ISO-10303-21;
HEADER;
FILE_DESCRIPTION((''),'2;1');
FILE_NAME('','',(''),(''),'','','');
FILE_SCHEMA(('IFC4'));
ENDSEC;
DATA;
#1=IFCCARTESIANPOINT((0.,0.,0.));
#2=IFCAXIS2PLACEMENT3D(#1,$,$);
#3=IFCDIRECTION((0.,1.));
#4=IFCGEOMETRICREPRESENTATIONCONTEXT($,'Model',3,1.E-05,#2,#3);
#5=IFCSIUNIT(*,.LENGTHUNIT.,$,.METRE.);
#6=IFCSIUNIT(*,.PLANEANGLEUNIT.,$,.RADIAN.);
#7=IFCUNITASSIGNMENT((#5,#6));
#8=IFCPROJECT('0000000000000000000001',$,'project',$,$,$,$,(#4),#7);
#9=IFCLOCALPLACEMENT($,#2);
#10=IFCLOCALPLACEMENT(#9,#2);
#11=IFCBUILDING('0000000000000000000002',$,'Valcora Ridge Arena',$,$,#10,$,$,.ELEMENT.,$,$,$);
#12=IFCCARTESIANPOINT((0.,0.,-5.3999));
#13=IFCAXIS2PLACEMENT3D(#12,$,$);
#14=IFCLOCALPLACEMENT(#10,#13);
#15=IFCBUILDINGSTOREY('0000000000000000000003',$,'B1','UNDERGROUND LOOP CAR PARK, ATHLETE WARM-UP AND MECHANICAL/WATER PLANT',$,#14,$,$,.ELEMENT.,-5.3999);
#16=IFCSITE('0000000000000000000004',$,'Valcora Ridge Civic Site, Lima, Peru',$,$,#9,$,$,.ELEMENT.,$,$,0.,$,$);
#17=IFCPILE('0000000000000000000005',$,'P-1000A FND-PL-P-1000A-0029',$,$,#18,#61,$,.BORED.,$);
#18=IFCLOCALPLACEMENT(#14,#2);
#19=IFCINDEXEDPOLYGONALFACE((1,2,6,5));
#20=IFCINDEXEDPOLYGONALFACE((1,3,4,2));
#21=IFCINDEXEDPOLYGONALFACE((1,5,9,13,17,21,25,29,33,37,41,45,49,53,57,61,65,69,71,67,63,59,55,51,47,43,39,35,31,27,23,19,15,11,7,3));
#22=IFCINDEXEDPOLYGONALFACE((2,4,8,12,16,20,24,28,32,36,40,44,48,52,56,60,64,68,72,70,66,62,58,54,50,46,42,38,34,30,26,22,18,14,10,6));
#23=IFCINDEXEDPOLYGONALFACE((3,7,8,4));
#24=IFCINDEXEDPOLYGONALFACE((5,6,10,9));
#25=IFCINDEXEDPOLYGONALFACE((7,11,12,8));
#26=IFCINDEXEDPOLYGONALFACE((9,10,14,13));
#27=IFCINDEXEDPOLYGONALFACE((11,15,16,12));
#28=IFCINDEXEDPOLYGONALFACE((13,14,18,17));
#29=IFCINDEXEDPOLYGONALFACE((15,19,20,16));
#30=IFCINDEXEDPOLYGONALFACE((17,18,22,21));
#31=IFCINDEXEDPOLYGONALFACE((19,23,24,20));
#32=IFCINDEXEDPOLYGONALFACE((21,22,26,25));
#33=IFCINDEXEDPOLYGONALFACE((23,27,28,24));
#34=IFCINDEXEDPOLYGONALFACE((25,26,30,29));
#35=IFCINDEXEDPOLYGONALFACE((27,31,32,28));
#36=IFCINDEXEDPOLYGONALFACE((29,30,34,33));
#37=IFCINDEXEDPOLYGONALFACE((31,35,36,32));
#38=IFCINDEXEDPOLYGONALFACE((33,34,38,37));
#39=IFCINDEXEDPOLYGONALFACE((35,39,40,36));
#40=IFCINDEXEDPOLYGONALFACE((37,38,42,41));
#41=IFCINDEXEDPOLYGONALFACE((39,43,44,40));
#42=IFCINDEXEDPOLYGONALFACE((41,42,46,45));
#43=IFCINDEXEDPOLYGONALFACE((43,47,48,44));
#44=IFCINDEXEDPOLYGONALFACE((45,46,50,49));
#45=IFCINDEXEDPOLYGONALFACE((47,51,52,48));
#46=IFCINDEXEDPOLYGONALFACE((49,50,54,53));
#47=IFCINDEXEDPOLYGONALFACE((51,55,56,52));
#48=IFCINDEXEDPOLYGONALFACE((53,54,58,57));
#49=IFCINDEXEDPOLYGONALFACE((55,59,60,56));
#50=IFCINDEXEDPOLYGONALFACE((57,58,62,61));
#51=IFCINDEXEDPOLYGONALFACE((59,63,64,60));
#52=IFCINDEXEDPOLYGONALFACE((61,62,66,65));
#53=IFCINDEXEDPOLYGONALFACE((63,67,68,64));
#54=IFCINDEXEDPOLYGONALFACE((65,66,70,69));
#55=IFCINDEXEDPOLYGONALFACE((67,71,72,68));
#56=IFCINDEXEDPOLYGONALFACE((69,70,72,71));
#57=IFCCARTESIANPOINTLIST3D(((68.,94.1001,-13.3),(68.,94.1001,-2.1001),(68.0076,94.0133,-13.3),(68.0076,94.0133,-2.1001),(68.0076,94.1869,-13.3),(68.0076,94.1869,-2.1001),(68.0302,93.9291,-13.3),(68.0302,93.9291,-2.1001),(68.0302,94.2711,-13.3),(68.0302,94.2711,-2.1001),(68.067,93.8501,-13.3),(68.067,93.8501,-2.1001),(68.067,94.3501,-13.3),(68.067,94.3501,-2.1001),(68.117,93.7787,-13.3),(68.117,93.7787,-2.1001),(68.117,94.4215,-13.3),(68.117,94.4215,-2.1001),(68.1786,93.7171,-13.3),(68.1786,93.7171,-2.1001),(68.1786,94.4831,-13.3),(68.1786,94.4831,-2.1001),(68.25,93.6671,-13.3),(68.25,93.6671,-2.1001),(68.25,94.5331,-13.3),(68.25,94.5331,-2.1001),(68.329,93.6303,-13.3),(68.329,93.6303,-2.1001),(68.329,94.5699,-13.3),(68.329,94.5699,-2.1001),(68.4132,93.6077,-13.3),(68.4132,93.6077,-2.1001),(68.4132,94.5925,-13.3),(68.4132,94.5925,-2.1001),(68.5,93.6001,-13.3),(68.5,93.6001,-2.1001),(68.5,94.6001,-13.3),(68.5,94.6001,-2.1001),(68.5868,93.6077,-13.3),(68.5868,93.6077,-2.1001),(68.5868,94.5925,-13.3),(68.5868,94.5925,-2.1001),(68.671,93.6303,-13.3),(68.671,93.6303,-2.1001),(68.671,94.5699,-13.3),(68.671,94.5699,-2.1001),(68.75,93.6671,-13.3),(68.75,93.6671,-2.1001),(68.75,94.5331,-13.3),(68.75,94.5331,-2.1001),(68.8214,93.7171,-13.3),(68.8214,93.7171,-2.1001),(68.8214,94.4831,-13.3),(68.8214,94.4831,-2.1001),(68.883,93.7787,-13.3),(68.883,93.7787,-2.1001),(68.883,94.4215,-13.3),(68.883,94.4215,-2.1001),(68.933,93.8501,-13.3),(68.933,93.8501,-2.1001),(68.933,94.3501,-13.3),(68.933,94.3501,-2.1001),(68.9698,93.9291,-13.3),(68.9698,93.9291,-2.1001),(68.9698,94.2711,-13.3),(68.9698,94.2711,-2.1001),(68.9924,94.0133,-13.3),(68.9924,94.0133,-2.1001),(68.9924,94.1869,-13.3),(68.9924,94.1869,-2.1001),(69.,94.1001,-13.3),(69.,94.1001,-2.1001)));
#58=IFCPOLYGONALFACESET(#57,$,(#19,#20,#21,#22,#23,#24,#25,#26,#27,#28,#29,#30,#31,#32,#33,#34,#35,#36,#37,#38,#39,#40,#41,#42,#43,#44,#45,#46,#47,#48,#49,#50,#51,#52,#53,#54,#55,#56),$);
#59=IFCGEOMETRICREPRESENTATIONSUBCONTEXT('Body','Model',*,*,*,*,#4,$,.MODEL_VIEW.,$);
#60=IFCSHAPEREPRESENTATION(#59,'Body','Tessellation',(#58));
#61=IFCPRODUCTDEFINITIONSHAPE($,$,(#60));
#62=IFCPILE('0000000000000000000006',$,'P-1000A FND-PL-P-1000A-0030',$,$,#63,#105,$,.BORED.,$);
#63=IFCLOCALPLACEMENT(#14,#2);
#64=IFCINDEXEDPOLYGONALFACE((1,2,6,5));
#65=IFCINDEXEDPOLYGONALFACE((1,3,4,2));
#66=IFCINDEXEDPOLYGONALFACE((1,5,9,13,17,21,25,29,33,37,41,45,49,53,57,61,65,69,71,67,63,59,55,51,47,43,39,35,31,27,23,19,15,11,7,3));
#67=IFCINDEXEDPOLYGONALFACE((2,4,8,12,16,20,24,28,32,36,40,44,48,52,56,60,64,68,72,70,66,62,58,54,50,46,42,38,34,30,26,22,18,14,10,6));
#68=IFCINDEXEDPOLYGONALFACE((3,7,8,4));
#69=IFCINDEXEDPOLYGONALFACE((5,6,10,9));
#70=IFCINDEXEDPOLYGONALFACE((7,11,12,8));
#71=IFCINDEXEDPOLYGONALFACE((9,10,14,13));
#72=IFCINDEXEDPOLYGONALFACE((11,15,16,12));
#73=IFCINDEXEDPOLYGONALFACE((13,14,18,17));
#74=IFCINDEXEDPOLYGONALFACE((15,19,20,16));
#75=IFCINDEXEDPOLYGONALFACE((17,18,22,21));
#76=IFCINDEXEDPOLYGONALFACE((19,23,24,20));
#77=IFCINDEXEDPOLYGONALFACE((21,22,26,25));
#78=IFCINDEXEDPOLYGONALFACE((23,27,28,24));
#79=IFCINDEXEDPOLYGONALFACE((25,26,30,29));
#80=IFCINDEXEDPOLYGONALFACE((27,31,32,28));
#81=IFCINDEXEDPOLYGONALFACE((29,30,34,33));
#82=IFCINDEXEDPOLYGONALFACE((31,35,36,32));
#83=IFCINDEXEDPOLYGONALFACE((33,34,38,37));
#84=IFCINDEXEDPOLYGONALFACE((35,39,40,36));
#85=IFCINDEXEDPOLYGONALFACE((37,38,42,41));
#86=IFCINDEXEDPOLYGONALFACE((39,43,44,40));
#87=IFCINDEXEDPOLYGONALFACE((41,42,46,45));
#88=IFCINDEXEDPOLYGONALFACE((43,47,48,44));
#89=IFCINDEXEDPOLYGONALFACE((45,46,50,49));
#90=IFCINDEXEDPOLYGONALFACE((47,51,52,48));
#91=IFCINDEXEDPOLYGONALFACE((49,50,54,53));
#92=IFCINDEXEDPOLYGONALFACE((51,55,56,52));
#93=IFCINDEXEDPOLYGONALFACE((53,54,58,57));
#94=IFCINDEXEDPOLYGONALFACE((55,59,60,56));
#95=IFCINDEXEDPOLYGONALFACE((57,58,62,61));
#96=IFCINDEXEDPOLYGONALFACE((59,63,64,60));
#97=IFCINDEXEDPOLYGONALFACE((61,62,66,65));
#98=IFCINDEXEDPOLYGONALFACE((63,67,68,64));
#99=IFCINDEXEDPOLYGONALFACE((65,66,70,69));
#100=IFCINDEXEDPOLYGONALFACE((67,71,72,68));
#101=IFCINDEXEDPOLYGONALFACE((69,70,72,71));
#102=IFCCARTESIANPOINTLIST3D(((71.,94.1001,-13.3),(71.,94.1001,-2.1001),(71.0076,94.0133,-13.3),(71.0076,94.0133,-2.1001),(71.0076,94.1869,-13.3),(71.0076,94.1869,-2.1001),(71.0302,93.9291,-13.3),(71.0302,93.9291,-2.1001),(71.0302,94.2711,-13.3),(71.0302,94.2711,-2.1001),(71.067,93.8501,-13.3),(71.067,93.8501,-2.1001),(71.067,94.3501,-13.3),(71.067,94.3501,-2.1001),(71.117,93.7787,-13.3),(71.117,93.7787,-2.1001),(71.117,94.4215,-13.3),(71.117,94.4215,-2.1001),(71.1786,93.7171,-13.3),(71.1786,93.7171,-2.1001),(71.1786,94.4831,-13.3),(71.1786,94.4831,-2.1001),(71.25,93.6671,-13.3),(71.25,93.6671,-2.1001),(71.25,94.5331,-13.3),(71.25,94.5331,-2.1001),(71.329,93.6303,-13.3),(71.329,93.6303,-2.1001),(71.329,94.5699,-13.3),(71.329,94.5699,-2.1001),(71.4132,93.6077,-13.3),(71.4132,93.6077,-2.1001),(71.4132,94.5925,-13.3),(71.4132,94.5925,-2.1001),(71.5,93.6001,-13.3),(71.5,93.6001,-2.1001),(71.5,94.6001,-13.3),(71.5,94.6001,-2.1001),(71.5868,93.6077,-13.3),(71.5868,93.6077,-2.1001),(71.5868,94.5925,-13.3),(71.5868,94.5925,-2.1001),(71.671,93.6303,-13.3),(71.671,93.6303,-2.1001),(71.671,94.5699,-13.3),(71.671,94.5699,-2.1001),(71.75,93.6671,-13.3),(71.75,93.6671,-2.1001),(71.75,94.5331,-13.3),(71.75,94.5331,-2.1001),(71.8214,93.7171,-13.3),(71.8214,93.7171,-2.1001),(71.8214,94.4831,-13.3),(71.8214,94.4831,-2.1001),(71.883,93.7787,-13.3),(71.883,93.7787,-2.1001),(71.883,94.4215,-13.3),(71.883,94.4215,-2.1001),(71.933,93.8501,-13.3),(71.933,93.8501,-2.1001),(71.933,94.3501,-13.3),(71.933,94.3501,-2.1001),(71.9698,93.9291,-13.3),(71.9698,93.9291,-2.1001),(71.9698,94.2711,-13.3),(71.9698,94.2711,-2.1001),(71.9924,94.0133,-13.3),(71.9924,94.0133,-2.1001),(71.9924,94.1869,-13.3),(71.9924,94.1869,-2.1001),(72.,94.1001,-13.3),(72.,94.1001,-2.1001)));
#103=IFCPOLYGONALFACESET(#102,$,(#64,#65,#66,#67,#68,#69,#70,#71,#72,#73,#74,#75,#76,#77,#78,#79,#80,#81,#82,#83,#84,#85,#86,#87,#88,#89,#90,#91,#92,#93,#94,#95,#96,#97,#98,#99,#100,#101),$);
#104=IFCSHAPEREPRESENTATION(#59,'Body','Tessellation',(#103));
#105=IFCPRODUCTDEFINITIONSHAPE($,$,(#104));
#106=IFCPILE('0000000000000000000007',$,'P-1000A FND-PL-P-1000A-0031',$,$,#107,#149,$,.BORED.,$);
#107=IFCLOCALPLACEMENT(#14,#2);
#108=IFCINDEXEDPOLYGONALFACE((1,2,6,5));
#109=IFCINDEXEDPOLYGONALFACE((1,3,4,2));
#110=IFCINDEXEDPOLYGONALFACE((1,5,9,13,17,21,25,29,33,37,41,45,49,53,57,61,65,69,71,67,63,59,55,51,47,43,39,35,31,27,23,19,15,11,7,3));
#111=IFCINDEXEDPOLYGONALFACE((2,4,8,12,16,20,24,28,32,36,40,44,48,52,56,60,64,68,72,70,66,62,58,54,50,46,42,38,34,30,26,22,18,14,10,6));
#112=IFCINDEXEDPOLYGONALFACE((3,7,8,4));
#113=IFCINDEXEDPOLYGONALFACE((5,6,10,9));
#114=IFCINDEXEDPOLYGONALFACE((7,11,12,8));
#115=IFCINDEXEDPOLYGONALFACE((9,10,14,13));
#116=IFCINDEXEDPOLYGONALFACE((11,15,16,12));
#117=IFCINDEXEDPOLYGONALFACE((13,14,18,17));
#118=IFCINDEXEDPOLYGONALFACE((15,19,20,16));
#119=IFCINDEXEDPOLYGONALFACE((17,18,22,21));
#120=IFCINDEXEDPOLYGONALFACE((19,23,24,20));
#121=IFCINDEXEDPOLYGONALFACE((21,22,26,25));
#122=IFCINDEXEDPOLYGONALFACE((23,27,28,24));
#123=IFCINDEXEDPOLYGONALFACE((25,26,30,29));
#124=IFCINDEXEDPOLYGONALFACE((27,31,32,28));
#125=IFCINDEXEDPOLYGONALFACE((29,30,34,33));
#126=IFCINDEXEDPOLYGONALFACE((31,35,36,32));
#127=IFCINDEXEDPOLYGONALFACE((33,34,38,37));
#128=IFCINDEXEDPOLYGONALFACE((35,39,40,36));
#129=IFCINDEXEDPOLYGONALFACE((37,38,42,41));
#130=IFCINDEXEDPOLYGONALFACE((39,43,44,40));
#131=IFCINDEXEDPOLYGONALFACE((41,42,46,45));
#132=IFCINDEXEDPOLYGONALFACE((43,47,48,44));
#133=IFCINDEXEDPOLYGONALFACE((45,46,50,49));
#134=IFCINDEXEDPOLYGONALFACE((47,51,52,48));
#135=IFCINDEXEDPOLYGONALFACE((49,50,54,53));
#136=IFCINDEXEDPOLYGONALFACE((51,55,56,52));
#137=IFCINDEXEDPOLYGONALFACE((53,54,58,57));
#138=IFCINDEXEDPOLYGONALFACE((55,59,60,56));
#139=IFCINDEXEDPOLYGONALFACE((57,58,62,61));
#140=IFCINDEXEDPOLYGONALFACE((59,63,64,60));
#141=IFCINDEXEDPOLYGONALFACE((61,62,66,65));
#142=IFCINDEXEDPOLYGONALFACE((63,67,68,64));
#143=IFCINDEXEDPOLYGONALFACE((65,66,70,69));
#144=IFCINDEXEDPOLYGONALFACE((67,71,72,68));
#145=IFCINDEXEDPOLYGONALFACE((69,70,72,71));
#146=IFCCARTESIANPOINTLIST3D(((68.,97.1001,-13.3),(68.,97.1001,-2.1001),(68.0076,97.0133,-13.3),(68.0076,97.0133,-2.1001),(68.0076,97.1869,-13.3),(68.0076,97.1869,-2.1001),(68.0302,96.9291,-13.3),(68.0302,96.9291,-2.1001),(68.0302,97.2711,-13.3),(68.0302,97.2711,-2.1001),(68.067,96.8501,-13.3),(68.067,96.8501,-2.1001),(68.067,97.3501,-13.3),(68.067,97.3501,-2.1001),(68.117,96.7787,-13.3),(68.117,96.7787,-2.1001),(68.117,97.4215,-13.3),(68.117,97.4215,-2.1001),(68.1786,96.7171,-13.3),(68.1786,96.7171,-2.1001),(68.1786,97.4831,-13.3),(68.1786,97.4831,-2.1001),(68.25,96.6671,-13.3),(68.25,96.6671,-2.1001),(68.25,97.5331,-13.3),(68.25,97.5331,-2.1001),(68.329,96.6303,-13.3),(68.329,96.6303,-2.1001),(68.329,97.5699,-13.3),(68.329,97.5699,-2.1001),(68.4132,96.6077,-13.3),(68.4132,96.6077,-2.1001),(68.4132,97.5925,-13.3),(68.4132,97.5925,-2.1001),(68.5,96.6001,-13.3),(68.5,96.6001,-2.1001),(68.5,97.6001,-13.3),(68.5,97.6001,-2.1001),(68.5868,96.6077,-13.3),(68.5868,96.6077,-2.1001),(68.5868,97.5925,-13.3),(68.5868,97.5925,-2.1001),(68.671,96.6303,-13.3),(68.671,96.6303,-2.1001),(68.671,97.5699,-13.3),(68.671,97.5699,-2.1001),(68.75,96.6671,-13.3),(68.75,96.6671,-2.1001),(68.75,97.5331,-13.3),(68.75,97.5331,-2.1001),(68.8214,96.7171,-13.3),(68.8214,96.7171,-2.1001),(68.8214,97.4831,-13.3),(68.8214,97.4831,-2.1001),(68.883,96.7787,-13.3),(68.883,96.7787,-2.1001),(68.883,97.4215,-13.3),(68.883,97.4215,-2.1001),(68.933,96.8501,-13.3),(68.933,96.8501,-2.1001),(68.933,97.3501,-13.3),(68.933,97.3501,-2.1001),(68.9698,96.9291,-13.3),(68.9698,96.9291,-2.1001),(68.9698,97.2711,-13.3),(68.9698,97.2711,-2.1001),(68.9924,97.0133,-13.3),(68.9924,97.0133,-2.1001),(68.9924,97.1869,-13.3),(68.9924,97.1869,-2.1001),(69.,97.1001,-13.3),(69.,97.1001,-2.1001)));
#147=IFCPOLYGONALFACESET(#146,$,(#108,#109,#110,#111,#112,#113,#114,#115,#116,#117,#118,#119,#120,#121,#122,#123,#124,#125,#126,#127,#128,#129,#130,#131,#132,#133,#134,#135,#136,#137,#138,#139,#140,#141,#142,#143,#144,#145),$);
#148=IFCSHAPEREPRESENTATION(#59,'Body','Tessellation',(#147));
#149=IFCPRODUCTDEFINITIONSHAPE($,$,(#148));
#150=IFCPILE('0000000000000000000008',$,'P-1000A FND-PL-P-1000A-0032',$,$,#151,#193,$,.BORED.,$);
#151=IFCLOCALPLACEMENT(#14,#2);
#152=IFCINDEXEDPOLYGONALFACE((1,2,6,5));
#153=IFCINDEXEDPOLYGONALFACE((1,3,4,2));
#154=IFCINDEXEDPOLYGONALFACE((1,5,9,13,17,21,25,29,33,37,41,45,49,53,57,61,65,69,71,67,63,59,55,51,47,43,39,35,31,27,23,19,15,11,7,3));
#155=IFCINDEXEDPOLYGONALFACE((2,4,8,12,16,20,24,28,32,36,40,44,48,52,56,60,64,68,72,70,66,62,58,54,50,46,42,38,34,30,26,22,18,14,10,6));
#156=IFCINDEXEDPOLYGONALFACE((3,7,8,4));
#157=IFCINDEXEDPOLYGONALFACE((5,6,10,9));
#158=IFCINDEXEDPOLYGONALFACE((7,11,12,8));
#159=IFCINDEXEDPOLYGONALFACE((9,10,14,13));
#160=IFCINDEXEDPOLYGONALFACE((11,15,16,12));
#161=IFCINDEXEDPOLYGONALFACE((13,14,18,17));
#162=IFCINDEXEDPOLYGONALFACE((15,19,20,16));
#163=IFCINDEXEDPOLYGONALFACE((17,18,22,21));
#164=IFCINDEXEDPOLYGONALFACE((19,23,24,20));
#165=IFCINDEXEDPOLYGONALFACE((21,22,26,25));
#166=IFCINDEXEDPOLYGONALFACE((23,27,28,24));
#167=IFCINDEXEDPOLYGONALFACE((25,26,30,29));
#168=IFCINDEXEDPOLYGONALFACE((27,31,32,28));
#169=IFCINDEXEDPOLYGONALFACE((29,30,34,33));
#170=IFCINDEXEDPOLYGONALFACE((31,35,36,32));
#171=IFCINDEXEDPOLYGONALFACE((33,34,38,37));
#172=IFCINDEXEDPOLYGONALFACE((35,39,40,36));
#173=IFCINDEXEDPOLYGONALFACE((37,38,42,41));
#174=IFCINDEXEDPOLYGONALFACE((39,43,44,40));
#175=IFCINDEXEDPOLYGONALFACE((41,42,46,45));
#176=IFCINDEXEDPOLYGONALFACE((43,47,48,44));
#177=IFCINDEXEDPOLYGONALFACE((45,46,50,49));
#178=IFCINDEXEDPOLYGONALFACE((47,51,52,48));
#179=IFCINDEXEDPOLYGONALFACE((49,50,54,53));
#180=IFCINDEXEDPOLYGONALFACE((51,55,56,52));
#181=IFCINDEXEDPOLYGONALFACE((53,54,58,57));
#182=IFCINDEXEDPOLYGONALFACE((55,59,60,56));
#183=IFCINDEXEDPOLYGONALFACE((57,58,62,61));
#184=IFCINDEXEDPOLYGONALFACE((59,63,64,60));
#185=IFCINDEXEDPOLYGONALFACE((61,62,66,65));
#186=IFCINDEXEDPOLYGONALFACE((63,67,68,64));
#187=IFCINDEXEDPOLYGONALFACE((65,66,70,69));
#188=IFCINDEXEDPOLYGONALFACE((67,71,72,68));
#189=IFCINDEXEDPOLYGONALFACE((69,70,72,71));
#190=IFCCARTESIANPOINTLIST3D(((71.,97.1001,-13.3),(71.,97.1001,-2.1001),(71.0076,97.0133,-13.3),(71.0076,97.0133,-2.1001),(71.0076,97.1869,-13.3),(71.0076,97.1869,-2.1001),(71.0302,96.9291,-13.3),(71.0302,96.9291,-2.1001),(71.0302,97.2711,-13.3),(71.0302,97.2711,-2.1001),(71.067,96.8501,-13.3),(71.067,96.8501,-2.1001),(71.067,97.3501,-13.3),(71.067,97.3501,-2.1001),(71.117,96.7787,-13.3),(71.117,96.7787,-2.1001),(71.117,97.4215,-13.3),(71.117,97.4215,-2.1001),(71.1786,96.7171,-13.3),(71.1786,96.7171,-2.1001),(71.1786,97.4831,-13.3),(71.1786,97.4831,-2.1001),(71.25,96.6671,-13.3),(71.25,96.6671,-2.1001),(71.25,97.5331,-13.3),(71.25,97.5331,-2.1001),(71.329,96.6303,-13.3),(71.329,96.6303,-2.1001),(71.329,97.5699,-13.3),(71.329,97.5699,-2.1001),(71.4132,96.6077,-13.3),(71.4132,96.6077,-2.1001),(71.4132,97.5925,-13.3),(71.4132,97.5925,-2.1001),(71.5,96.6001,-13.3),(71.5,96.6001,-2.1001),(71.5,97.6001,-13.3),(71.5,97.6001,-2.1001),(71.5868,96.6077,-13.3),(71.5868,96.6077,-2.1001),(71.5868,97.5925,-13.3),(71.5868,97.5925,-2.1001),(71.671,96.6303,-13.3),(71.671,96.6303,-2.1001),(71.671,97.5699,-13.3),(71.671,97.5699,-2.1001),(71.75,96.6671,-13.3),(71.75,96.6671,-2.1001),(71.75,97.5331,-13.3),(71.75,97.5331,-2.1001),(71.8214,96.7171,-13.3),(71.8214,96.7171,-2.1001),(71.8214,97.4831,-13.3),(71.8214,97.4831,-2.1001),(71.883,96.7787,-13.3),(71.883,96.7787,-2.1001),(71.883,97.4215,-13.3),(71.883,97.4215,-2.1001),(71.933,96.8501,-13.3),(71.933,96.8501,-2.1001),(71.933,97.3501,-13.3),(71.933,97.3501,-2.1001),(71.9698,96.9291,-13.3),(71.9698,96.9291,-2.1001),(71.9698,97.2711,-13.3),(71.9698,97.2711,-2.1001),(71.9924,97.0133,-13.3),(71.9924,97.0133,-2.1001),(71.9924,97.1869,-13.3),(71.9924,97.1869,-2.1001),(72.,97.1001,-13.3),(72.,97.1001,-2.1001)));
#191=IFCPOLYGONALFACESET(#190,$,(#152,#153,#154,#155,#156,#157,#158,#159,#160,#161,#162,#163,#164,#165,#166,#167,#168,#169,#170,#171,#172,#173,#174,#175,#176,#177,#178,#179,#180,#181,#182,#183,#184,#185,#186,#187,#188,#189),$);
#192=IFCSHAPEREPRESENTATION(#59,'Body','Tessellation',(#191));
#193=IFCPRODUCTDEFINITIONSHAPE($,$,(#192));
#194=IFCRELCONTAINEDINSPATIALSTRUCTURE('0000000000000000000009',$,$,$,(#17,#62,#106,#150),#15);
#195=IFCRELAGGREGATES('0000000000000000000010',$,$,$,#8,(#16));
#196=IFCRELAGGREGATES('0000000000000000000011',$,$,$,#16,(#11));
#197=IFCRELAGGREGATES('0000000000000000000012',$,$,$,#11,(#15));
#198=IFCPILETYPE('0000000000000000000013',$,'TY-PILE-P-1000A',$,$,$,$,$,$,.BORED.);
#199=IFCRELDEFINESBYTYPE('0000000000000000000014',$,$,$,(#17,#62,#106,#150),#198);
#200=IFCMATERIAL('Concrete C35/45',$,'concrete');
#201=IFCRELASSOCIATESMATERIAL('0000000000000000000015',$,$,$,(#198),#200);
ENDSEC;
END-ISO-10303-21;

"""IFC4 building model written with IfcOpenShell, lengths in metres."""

from ifc_helpers import new_model, si_unit, direction, frame, origin, origin_2d, place, context, subcontext, project, spatial, circle, extrude, material, material_profile, profile_set, type_object, element, save


model = new_model("IFC4")

# Units and contexts
model_context = context("Model", 3, precision=1e-05, world=origin(), true_north=direction((0.0, 1.0)))
body_context = subcontext(model_context, "Body", "Model", "MODEL_VIEW")
ifc_project = project(units=[si_unit("LENGTHUNIT", "METRE"), si_unit("PLANEANGLEUNIT", "RADIAN")], contexts=[model_context])

# Site, building, storey
site_placement = place(None, origin())
site = spatial("IfcSite", under=ifc_project, at=site_placement, Name="Valcora Ridge Civic Site, Lima, Peru", CompositionType="ELEMENT", RefElevation=0.0)
building_placement = place(site_placement, origin())
building = spatial("IfcBuilding", under=site, at=building_placement, Name="Valcora Ridge Arena", CompositionType="ELEMENT")
storey_placement = place(building_placement, frame((0.0, 0.0, -5.3999)))
storey = spatial("IfcBuildingStorey", under=building, at=storey_placement, Name="B1", Description="UNDERGROUND LOOP CAR PARK, ATHLETE WARM-UP AND MECHANICAL/WATER PLANT", CompositionType="ELEMENT", Elevation=-5.3999)

# Piles
ifc_material_1 = material(Name="Concrete C35/45", Category="concrete")
ifc_material_profile_1 = material_profile(ifc_material_1, circle(Radius=0.5, at=origin_2d()), Name="BORED PILE D1000")
ifc_profile_set_1 = profile_set([ifc_material_profile_1], Name="Concrete C35/45")
pile_type_1 = type_object("IfcPileType", Name="TY-PILE-P-1000A", PredefinedType="BORED", material=ifc_profile_set_1)
for number, where, z_axis, x_axis, name in (
    (1, (68.5, 94.1001, -2.1001), (0.0, 0.0, -1.0), (1.0, 0.0, 0.0), "P-1000A FND-PL-P-1000A-0029"),
    (2, (71.5, 94.1001, -2.1001), (0.0, 0.0, -1.0), (1.0, 0.0, 0.0), "P-1000A FND-PL-P-1000A-0030"),
    (3, (68.5, 97.1001, -2.1001), (0.0, 0.0, -1.0), (1.0, 0.0, 0.0), "P-1000A FND-PL-P-1000A-0031"),
    (4, (71.5, 97.1001, -2.1001), (0.0, 0.0, -1.0), (1.0, 0.0, 0.0), "P-1000A FND-PL-P-1000A-0032"),
):
    element("IfcPile", number, at=place(storey_placement, frame(where, z_axis=z_axis, x_axis=x_axis)), inside=storey, type_object=pile_type_1, Name=name, PredefinedType="BORED", context=body_context, shape_type="SweptSolid", body=[
        extrude(circle(Radius=0.5, at=origin_2d()), origin(), (0.0, 0.0, 1.0), 11.2),
    ])

save(model, "model.ifc")
